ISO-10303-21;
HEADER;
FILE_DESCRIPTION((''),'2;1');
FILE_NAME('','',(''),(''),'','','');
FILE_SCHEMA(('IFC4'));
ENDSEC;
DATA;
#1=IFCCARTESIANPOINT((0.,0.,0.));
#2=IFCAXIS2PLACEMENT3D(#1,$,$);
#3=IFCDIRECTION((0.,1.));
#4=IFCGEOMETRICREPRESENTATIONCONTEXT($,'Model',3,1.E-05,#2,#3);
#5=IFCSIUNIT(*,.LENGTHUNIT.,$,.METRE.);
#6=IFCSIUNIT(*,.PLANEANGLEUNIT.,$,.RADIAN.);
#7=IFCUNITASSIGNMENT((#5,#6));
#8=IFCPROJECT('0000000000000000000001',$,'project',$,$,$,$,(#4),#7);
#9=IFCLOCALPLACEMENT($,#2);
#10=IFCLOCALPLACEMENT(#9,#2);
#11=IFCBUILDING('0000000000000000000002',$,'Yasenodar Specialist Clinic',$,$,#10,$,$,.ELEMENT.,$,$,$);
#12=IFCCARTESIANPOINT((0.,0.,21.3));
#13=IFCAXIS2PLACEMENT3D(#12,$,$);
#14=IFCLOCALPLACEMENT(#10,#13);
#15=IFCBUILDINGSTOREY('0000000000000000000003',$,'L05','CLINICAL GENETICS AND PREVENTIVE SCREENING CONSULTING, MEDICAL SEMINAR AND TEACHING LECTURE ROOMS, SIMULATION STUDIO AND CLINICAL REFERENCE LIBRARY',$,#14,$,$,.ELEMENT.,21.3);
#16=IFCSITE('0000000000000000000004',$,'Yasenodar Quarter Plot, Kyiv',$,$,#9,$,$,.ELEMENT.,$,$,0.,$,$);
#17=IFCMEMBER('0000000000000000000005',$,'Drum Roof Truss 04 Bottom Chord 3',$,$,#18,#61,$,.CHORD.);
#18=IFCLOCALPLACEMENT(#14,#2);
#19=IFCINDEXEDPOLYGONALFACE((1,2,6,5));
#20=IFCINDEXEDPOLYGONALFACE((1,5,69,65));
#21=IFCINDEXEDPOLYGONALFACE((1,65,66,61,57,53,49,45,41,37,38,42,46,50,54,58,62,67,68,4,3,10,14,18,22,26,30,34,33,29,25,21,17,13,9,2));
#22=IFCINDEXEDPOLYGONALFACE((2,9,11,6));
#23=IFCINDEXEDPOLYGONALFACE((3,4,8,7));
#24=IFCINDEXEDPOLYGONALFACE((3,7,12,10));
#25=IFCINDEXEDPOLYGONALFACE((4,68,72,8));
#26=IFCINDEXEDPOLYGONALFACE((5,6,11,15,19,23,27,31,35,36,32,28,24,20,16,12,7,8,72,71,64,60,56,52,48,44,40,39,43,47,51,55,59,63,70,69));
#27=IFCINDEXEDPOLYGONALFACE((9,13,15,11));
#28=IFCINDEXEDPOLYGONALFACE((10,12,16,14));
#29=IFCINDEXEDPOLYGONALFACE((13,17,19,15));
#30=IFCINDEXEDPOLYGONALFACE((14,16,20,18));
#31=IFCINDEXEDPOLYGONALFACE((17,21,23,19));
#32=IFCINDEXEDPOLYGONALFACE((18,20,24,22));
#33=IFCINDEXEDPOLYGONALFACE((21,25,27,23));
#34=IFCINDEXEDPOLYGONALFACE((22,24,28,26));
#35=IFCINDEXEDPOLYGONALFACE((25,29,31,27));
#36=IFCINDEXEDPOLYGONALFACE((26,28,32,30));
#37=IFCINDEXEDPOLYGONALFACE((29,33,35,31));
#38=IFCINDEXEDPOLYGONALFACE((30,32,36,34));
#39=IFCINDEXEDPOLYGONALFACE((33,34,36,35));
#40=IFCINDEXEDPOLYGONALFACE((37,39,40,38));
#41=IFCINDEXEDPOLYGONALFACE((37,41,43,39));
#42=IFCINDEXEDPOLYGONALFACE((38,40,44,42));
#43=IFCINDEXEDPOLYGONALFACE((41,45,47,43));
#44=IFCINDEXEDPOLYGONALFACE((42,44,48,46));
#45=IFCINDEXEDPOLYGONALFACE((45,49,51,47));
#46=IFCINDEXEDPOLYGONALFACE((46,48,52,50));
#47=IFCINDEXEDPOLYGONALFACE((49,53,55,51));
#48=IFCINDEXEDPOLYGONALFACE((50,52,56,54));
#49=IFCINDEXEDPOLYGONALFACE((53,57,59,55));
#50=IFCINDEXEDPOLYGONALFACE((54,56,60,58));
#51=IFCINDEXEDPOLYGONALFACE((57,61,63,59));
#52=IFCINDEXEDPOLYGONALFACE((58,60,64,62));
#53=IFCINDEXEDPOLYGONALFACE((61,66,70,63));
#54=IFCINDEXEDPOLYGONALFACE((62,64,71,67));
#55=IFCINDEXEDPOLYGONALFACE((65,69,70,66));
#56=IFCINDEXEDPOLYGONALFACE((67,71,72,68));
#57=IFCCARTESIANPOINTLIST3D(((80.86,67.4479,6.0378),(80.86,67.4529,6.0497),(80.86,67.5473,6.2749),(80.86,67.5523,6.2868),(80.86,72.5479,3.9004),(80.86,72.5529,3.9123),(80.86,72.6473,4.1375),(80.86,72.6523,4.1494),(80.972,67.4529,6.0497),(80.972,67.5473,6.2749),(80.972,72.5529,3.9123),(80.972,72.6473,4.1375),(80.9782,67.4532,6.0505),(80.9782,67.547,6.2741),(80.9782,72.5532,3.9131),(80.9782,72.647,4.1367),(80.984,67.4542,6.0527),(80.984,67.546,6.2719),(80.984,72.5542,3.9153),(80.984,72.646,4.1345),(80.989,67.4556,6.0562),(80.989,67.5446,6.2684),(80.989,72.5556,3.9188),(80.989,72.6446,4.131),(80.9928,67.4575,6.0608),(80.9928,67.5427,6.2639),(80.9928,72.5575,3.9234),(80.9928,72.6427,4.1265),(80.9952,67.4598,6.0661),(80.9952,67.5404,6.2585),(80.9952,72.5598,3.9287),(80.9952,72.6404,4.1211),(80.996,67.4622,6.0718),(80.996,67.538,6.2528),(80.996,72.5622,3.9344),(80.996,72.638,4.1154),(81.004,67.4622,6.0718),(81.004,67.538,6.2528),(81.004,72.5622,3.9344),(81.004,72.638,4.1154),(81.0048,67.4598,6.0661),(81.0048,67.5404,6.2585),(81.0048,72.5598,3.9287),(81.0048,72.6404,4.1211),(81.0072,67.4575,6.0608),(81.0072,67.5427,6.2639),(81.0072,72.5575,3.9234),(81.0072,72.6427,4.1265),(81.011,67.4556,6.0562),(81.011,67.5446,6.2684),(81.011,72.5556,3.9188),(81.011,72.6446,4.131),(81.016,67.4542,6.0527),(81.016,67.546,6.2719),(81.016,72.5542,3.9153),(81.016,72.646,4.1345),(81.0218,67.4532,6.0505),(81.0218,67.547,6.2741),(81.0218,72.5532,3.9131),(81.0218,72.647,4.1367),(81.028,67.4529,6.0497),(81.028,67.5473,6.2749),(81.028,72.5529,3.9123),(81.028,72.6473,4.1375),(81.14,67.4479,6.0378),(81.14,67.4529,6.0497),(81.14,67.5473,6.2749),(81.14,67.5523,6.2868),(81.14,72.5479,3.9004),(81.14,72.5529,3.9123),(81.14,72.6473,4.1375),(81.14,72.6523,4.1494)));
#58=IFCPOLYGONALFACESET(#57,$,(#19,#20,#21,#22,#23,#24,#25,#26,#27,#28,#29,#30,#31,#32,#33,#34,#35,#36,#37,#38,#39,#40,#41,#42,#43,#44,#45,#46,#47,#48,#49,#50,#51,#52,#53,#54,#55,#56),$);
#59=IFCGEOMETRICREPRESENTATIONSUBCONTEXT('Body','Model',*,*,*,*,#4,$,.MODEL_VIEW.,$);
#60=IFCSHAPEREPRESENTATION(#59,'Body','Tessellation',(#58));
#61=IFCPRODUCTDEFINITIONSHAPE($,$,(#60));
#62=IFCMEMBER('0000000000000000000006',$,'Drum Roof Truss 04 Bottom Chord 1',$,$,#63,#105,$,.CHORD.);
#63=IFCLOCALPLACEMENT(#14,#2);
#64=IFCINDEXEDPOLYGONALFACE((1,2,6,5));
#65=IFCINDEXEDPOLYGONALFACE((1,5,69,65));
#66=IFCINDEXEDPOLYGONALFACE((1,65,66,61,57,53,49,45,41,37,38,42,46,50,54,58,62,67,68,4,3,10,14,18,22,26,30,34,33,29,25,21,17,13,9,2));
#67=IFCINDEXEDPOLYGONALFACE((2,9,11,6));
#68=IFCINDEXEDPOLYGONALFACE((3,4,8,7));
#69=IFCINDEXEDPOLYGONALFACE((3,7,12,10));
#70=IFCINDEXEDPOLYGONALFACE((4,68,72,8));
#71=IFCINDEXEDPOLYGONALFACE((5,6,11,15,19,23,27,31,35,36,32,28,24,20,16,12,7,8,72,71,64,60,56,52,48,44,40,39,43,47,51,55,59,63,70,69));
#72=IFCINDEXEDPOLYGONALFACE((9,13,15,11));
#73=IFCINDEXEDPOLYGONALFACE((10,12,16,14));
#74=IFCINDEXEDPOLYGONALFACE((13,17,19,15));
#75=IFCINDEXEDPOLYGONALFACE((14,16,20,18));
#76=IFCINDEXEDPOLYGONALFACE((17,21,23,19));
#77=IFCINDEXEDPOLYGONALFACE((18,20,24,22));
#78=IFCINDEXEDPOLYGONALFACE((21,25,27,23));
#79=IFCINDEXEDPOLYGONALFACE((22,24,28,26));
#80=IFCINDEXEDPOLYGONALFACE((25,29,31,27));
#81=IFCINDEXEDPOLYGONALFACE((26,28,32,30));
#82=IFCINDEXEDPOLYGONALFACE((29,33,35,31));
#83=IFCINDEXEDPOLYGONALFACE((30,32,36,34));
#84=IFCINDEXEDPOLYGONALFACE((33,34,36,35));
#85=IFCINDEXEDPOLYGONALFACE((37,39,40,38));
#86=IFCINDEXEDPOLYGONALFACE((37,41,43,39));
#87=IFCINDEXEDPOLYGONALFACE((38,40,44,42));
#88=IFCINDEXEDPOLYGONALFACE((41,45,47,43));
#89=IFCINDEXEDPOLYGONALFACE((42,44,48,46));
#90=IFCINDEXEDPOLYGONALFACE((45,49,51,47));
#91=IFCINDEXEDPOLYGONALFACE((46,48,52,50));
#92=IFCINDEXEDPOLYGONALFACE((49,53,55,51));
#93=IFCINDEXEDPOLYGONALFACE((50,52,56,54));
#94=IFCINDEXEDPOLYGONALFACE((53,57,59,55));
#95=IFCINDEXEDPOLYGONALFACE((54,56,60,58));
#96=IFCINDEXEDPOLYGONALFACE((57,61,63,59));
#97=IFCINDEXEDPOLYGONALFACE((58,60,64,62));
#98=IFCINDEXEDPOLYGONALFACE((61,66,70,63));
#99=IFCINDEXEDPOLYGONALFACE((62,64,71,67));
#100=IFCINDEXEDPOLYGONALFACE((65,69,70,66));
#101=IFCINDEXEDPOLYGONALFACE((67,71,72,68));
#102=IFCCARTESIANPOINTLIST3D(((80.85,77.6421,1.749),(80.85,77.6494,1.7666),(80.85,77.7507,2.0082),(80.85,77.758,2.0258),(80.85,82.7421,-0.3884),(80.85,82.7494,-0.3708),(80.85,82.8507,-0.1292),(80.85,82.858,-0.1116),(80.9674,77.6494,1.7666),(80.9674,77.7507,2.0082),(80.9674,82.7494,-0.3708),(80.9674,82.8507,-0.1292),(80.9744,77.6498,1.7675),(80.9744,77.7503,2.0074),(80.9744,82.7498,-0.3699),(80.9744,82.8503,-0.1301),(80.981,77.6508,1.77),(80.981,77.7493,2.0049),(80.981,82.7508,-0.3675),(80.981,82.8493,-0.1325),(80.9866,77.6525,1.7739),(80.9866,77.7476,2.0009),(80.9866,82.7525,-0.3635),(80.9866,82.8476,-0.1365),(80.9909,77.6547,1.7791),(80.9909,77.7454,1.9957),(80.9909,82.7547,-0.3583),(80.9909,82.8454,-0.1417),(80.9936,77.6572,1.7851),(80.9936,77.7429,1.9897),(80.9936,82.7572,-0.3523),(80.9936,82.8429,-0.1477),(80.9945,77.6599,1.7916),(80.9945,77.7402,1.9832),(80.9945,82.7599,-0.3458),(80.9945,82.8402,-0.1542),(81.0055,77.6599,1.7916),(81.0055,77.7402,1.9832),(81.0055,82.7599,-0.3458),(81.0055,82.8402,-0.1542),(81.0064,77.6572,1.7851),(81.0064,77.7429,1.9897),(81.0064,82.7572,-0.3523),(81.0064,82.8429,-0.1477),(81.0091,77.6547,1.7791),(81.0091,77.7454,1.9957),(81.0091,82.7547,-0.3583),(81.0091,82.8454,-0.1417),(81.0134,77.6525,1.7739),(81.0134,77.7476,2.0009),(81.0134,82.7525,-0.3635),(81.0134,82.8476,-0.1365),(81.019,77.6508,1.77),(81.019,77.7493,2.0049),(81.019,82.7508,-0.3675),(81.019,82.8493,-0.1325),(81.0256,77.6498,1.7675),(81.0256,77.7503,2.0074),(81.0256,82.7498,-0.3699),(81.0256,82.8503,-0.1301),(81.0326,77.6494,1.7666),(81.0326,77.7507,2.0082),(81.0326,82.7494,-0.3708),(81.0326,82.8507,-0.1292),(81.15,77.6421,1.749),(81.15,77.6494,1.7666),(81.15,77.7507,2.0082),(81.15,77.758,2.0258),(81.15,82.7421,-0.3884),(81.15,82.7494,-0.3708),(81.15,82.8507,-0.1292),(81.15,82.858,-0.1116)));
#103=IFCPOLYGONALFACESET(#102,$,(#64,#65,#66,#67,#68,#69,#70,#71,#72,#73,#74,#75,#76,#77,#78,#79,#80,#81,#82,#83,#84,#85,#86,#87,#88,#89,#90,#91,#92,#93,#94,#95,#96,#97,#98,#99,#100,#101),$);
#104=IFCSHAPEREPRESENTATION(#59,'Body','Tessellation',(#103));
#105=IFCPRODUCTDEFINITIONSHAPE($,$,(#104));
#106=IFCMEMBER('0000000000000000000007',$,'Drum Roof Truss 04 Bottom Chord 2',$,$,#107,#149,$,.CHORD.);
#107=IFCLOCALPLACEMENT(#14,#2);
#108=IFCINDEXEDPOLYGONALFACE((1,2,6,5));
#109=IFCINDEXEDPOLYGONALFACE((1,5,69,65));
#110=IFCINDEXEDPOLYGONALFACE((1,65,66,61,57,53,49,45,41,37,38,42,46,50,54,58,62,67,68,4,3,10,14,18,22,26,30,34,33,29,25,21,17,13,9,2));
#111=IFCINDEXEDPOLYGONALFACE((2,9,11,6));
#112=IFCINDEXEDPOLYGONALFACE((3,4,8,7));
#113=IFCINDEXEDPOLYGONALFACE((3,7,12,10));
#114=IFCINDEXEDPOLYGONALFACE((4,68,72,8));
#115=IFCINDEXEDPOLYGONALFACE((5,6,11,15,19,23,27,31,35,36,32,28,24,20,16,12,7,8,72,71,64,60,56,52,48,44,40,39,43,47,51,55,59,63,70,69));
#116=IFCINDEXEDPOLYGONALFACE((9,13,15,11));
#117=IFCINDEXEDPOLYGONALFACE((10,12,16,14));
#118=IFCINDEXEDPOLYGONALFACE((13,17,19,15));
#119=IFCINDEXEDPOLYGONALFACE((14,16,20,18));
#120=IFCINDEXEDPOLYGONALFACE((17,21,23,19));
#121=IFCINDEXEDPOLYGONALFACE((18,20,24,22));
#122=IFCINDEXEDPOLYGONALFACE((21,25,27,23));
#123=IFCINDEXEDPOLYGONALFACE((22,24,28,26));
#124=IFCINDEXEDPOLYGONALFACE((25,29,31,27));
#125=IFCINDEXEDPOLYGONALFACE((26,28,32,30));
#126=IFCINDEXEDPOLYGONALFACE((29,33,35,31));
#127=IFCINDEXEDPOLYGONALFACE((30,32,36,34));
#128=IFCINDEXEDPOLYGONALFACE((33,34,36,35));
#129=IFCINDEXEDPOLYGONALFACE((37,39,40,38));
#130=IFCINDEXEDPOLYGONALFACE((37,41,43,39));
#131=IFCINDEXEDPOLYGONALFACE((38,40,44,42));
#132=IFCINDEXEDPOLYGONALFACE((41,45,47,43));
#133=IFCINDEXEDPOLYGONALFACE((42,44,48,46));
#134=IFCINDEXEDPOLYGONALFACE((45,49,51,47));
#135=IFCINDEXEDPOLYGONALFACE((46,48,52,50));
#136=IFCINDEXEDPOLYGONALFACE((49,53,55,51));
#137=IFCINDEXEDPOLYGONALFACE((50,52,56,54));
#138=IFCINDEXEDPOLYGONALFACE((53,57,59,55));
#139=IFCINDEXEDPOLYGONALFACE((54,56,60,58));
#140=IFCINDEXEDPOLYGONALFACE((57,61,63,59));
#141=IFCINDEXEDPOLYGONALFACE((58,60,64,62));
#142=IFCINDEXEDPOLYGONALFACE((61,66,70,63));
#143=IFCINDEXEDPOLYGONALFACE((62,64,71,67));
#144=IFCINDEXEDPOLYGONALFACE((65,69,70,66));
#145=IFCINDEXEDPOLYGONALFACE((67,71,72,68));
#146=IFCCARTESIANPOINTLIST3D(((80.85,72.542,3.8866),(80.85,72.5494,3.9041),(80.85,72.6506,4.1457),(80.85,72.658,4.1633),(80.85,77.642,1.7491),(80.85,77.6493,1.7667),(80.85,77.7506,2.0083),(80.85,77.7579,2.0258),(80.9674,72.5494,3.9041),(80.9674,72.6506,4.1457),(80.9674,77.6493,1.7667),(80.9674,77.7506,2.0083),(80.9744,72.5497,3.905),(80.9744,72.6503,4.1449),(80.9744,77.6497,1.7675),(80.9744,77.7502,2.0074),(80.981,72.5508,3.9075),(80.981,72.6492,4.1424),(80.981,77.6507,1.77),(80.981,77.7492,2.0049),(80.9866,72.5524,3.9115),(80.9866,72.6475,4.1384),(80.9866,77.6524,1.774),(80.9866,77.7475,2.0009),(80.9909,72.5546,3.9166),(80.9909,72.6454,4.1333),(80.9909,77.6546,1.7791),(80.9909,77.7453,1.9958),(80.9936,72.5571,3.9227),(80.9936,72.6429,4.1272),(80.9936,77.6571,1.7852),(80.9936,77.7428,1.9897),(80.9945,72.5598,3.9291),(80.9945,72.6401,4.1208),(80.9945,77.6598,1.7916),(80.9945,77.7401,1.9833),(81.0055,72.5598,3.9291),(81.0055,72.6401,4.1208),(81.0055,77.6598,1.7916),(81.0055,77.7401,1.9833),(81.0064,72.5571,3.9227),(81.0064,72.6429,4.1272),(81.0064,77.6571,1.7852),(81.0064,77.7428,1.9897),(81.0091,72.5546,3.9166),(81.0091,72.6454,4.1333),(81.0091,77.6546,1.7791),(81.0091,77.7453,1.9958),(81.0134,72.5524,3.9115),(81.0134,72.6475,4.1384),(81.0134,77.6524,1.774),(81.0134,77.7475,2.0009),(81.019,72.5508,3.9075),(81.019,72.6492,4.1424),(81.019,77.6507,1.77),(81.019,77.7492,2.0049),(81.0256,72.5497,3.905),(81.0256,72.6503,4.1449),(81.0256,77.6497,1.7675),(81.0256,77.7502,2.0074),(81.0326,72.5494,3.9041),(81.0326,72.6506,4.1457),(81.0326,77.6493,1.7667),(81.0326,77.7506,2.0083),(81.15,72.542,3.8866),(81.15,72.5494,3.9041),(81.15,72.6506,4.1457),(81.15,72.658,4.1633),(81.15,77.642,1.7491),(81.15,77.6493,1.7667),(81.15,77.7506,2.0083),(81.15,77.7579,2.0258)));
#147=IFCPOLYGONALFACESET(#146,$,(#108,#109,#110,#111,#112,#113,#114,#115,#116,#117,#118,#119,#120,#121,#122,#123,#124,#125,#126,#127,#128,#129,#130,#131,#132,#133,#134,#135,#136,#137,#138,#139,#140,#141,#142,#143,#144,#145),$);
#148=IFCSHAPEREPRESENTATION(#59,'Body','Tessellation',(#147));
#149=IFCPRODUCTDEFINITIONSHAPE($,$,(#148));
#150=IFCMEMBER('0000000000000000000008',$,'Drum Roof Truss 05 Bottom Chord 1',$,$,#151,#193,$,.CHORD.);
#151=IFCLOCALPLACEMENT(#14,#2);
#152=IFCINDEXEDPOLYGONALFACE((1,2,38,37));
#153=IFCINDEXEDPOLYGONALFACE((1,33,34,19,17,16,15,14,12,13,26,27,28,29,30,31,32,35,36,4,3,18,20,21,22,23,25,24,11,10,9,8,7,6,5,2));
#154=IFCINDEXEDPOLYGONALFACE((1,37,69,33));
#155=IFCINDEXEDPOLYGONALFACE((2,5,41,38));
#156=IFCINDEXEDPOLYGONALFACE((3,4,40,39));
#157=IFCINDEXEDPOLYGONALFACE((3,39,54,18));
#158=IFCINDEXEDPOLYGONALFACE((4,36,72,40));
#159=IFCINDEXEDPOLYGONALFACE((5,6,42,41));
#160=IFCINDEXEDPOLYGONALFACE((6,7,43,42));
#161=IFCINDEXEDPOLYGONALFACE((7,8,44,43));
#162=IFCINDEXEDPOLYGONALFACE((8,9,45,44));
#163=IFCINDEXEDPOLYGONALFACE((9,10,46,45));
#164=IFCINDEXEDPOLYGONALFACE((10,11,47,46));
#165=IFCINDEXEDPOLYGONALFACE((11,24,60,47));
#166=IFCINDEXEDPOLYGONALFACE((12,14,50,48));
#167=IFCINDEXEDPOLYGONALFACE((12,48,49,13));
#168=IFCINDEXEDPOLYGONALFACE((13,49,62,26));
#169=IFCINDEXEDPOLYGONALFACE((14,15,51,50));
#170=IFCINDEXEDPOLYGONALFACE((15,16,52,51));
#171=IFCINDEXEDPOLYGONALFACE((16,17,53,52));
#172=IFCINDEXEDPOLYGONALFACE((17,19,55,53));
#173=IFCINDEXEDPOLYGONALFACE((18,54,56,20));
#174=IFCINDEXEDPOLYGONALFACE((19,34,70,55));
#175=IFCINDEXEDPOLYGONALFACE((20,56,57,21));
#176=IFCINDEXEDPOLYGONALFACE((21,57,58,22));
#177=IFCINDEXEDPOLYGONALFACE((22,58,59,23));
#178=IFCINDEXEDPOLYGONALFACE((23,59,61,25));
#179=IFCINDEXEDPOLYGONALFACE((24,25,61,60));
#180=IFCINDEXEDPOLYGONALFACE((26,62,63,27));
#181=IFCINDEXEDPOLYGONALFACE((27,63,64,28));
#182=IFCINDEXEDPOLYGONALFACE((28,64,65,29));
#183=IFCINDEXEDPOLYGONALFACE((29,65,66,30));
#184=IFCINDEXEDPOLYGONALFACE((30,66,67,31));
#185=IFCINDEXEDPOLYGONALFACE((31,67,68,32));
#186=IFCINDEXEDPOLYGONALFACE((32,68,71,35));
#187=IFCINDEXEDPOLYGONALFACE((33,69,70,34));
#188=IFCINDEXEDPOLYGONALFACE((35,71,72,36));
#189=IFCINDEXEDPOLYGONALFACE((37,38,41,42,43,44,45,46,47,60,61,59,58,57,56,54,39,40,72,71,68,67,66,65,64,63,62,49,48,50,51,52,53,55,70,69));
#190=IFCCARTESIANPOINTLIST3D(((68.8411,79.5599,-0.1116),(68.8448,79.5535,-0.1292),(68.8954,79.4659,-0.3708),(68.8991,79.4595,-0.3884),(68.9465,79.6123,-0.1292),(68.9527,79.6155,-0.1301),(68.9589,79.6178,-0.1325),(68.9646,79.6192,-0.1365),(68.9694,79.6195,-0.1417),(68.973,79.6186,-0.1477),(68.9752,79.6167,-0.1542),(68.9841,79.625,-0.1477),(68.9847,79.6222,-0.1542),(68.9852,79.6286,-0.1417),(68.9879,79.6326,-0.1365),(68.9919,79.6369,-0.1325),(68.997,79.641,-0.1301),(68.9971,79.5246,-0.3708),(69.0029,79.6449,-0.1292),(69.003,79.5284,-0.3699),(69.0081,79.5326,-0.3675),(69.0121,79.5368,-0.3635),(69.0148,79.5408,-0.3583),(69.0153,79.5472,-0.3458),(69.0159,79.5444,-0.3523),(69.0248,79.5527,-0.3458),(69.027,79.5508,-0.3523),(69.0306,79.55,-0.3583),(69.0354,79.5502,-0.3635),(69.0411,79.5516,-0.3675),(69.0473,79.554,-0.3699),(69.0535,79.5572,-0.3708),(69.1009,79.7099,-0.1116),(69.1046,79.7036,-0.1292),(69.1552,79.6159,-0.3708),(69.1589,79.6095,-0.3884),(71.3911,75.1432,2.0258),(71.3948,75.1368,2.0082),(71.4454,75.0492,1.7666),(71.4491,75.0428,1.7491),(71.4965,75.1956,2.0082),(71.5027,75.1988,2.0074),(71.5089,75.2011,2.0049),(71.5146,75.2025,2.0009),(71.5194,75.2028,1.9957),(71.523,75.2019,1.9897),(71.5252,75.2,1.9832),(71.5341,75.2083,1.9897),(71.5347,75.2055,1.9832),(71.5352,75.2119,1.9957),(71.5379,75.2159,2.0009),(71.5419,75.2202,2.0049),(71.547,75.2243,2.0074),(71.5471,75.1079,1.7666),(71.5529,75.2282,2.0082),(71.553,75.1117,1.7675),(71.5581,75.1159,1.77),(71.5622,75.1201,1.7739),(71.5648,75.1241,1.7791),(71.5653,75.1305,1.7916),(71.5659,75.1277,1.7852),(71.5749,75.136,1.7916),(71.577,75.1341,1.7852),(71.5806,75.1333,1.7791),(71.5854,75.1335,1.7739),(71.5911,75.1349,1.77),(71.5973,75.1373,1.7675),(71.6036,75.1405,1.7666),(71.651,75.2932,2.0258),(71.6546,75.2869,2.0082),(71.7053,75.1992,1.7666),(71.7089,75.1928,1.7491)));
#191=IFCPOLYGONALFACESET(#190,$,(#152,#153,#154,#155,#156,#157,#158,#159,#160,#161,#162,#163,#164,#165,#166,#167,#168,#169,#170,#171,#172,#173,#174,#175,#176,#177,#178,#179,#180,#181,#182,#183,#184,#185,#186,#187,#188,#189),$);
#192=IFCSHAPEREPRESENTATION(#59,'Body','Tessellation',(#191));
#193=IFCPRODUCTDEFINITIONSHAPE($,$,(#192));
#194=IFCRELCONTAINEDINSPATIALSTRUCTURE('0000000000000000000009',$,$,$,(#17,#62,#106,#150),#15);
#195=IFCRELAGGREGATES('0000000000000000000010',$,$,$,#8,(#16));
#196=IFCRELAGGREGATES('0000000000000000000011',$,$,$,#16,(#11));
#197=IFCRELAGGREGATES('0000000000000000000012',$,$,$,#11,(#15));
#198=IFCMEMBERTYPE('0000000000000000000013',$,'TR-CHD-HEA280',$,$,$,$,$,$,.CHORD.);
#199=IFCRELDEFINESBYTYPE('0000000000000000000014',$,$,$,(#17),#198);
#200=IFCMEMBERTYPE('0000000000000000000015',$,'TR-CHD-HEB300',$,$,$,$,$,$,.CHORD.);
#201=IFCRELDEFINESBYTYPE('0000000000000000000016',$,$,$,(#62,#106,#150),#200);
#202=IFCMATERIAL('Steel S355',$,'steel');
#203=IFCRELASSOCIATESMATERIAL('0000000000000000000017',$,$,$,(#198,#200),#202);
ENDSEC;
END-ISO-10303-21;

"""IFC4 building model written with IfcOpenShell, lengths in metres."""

from ifc_helpers import new_model, si_unit, direction, frame, origin, origin_2d, place, context, subcontext, project, spatial, i_section, extrude, material, material_profile, profile_set, type_object, element, save


model = new_model("IFC4")

# Units and contexts
model_context = context("Model", 3, precision=1e-05, world=origin(), true_north=direction((0.0, 1.0)))
body_context = subcontext(model_context, "Body", "Model", "MODEL_VIEW")
ifc_project = project(units=[si_unit("LENGTHUNIT", "METRE"), si_unit("PLANEANGLEUNIT", "RADIAN")], contexts=[model_context])

# Site, building, storey
site_placement = place(None, origin())
site = spatial("IfcSite", under=ifc_project, at=site_placement, Name="Yasenodar Quarter Plot, Kyiv", CompositionType="ELEMENT", RefElevation=0.0)
building_placement = place(site_placement, origin())
building = spatial("IfcBuilding", under=site, at=building_placement, Name="Yasenodar Specialist Clinic", CompositionType="ELEMENT")
storey_placement = place(building_placement, frame((0.0, 0.0, 21.3)))
storey = spatial("IfcBuildingStorey", under=building, at=storey_placement, Name="L05", Description="CLINICAL GENETICS AND PREVENTIVE SCREENING CONSULTING, MEDICAL SEMINAR AND TEACHING LECTURE ROOMS, SIMULATION STUDIO AND CLINICAL REFERENCE LIBRARY", CompositionType="ELEMENT", Elevation=21.3)

# Shared definitions
ifc_material_1 = material(Name="Steel S355", Category="steel")

# Members
ifc_material_profile_1 = material_profile(ifc_material_1, i_section(OverallWidth=0.28, OverallDepth=0.27, WebThickness=0.0081, FlangeThickness=0.0129, FilletRadius=0.0239, at=origin_2d()), Name="HEA 280")
ifc_profile_set_1 = profile_set([ifc_material_profile_1], Name="Steel S355")
member_type_1 = type_object("IfcMemberType", Name="TR-CHD-HEA280", PredefinedType="CHORD", material=ifc_profile_set_1)
member_1_placement = place(storey_placement, frame((81.0, 72.6001, 4.0249), z_axis=(0.0, -0.922278, 0.386527), x_axis=(1.0, 0.0, 0.0)))
element("IfcMember", 1, at=member_1_placement, inside=storey, type_object=member_type_1, Name="Drum Roof Truss 04 Bottom Chord 3", PredefinedType="CHORD", context=body_context, shape_type="SweptSolid", body=[
    extrude(i_section(OverallWidth=0.28, OverallDepth=0.27, WebThickness=0.0081, FlangeThickness=0.0129, FilletRadius=0.0239, at=origin_2d()), origin(), (0.0, 0.0, 1.0), 5.5298),
])
ifc_material_profile_2 = material_profile(ifc_material_1, i_section(OverallWidth=0.3, OverallDepth=0.3, WebThickness=0.011, FlangeThickness=0.019, FilletRadius=0.0271, at=origin_2d()), Name="HEB 300")
ifc_profile_set_2 = profile_set([ifc_material_profile_2], Name="Steel S355")
member_type_2 = type_object("IfcMemberType", Name="TR-CHD-HEB300", PredefinedType="CHORD", material=ifc_profile_set_2)
for number, where, z_axis, x_axis, name in (
    (2, (81.0, 82.8, -0.25), (0.0, -0.922278, 0.386527), (1.0, 0.0, 0.0), "Drum Roof Truss 04 Bottom Chord 1"),
    (3, (81.0, 77.7, 1.8875), (0.0, -0.922272, 0.386543), (1.0, 0.0, 0.0), "Drum Roof Truss 04 Bottom Chord 2"),
    (4, (69.0, 79.5847, -0.25), (0.461143, -0.798712, 0.386531), (0.866022, 0.500006, 0.0), "Drum Roof Truss 05 Bottom Chord 1"),
):
    element("IfcMember", number, at=place(storey_placement, frame(where, z_axis=z_axis, x_axis=x_axis)), inside=storey, type_object=member_type_2, Name=name, PredefinedType="CHORD", context=body_context, shape_type="SweptSolid", body=[
        extrude(i_section(OverallWidth=0.3, OverallDepth=0.3, WebThickness=0.011, FlangeThickness=0.019, FilletRadius=0.0271, at=origin_2d()), origin(), (0.0, 0.0, 1.0), 5.5298),
    ])

save(model, "model.ifc")
